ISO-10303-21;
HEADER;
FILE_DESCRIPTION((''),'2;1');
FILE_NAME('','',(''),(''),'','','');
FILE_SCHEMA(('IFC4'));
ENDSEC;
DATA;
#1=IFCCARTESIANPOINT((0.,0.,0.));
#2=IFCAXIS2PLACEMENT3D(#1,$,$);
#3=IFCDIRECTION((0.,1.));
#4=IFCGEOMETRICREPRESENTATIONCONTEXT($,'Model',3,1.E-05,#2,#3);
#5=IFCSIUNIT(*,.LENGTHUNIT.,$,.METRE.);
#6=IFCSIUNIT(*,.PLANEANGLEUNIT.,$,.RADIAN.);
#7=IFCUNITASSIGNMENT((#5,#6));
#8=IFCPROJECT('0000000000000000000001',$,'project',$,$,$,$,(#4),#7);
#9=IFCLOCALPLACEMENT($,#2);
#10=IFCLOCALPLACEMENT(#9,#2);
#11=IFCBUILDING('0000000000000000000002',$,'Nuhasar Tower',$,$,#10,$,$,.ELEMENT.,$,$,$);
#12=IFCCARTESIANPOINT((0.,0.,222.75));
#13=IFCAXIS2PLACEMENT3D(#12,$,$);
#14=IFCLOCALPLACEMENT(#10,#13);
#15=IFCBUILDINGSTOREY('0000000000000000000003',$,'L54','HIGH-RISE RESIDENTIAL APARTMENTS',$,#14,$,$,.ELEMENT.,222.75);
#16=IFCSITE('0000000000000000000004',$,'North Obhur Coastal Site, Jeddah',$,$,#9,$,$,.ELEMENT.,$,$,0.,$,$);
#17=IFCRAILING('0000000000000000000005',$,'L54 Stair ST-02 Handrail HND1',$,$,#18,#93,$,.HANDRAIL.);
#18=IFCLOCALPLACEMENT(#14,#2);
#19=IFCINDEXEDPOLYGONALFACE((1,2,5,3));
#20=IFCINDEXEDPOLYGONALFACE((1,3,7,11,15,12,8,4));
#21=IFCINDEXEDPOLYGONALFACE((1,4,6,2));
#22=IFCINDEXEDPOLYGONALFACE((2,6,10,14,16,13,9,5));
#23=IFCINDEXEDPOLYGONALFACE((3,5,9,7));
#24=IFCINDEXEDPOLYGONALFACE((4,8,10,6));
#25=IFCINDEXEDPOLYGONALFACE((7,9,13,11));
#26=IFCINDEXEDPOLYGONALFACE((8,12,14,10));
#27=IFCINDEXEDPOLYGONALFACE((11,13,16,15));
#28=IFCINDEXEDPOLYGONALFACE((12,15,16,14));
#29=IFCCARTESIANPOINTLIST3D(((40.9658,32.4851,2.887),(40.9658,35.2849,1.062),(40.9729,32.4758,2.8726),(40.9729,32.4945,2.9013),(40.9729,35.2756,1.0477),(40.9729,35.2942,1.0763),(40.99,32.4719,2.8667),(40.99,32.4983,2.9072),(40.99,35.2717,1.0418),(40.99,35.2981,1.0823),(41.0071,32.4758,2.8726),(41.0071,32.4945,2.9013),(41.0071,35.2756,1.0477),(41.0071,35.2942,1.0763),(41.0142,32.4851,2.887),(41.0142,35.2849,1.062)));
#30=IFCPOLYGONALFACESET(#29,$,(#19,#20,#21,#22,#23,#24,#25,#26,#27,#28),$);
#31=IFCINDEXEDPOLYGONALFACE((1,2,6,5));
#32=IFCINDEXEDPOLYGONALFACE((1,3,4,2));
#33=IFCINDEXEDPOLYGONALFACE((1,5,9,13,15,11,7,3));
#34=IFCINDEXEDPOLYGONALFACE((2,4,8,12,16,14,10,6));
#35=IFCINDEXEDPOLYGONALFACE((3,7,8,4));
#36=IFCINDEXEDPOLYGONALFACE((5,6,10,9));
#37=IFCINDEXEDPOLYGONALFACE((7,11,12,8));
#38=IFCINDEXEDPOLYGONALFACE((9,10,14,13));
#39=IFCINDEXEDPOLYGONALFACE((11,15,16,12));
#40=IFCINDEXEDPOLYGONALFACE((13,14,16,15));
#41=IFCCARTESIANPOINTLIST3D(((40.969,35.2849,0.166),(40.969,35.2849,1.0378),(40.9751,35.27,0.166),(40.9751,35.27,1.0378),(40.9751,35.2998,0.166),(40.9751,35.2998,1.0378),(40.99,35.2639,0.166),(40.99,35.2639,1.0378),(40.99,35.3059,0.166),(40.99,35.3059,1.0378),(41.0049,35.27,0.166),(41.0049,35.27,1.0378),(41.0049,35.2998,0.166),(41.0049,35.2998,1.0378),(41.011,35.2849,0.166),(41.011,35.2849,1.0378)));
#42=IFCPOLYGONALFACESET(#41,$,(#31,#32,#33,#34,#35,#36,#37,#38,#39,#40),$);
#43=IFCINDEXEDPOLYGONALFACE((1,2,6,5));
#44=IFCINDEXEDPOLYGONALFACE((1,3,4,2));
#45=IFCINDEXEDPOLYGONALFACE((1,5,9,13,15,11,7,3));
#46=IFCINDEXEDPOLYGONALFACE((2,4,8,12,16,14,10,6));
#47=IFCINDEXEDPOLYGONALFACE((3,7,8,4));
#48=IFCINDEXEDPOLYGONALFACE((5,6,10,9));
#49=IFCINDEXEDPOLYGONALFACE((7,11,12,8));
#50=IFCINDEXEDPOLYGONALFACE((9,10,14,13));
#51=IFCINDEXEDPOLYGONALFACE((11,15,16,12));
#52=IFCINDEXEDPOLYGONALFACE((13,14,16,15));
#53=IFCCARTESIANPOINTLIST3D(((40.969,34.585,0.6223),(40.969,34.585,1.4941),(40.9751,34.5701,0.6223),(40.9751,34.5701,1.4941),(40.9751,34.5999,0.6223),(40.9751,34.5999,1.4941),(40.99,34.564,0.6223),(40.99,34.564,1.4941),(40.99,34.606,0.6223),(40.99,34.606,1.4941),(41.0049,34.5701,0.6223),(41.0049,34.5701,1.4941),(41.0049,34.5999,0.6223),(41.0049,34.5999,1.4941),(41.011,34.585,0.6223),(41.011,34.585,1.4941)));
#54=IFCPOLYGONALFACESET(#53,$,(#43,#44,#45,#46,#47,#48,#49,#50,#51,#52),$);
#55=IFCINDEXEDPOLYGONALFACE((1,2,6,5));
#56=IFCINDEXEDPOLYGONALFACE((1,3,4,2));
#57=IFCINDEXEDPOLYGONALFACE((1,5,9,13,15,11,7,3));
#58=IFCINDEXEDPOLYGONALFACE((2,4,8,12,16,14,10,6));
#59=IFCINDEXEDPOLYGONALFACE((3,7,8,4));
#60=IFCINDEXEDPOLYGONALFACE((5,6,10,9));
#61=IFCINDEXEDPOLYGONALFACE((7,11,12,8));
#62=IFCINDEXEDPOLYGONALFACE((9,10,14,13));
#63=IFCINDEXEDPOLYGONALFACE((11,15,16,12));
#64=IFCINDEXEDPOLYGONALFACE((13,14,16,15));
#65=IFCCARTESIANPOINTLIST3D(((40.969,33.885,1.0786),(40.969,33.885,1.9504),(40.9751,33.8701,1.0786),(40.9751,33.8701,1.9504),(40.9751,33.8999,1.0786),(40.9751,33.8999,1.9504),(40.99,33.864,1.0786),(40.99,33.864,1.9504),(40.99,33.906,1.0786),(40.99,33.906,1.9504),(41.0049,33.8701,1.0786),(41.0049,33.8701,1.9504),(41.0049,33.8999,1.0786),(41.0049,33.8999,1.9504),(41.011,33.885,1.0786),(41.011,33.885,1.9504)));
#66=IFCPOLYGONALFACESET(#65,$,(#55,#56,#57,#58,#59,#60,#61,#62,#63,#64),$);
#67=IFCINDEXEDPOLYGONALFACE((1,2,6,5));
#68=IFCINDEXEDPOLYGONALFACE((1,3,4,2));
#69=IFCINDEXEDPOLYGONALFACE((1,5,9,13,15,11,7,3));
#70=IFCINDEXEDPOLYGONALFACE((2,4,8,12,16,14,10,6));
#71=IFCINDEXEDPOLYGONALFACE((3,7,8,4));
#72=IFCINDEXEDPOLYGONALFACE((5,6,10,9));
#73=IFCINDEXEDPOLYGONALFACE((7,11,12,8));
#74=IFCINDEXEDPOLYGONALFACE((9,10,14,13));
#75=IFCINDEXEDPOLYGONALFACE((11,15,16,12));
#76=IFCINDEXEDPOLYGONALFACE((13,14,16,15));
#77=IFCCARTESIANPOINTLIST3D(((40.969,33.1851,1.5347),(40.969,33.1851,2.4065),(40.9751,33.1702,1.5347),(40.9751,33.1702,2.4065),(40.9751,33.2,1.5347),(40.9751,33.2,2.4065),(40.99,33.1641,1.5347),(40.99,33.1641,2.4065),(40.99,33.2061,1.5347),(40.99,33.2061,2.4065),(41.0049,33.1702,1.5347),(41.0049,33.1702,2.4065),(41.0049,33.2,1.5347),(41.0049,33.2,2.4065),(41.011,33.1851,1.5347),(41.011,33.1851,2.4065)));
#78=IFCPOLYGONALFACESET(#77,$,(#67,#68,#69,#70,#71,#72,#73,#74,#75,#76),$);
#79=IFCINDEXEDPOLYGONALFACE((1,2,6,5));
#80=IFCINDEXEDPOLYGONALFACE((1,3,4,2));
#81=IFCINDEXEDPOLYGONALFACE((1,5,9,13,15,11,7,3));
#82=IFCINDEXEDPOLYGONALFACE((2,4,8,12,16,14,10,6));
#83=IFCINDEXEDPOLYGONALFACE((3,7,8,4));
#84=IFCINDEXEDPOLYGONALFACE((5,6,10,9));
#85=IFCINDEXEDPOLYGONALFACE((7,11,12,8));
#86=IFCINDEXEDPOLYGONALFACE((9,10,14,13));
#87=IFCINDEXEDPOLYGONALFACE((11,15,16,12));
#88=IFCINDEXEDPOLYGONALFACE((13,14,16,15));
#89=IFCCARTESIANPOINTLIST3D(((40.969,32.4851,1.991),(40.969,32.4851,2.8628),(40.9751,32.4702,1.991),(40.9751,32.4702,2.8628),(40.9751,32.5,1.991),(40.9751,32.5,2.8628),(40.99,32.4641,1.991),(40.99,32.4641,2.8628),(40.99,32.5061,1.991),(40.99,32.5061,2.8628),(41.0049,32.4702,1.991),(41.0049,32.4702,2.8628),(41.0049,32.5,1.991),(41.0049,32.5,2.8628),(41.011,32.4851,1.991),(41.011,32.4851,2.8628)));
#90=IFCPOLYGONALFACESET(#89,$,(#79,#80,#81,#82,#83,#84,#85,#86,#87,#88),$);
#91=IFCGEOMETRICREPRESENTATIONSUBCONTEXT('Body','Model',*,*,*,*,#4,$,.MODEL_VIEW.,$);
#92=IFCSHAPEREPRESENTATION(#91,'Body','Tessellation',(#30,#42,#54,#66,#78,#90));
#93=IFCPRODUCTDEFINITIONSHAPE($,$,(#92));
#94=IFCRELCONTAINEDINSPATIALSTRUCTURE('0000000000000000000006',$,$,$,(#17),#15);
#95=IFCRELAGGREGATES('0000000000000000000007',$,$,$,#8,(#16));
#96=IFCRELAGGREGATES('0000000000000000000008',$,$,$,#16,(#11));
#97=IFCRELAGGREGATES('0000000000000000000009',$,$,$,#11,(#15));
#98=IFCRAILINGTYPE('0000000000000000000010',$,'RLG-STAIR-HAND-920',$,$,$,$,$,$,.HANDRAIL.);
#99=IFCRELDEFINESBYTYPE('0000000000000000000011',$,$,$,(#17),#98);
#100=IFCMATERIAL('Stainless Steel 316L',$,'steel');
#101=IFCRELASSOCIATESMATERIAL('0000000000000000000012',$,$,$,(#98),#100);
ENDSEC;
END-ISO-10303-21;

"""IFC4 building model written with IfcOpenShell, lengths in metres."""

from ifc_helpers import new_model, si_unit, direction, frame, origin, place, context, subcontext, project, spatial, polyline, outline, extrude, material, type_object, element, save


model = new_model("IFC4")

# Units and contexts
model_context = context("Model", 3, precision=1e-05, world=origin(), true_north=direction((0.0, 1.0)))
body_context = subcontext(model_context, "Body", "Model", "MODEL_VIEW")
ifc_project = project(units=[si_unit("LENGTHUNIT", "METRE"), si_unit("PLANEANGLEUNIT", "RADIAN")], contexts=[model_context])

# Site, building, storey
site_placement = place(None, origin())
site = spatial("IfcSite", under=ifc_project, at=site_placement, Name="North Obhur Coastal Site, Jeddah", CompositionType="ELEMENT", RefElevation=0.0)
building_placement = place(site_placement, origin())
building = spatial("IfcBuilding", under=site, at=building_placement, Name="Nuhasar Tower", CompositionType="ELEMENT")
storey_placement = place(building_placement, frame((0.0, 0.0, 222.75)))
storey = spatial("IfcBuildingStorey", under=building, at=storey_placement, Name="L54", Description="HIGH-RISE RESIDENTIAL APARTMENTS", CompositionType="ELEMENT", Elevation=222.75)

# Railing
ifc_material_1 = material(Name="Stainless Steel 316L", Category="steel")
railing_type_1 = type_object("IfcRailingType", Name="RLG-STAIR-HAND-920", PredefinedType="HANDRAIL", material=ifc_material_1)
railing_1_placement = place(storey_placement, frame((40.99, 35.2849, 0.166)))
element("IfcRailing", 1, at=railing_1_placement, inside=storey, type_object=railing_type_1, Name="L54 Stair ST-02 Handrail HND1", PredefinedType="HANDRAIL", context=body_context, shape_type="SweptSolid", body=[
    extrude(outline(polyline([(0.0242, 0.0), (0.0171, 0.0171), (0.0, 0.0242), (-0.0171, 0.0171), (-0.0242, 0.0), (-0.0171, -0.0171), (0.0, -0.0242), (0.0171, -0.0171), (0.0242, 0.0)])), frame((0.0, 0.0, 0.896), z_axis=(0.0, -0.837749, 0.546056), x_axis=(1.0, 0.0, 0.0)), (0.0, 0.0, 1.0), 3.342),
    extrude(outline(polyline([(0.021, 0.0), (0.0149, 0.0149), (0.0, 0.021), (-0.0149, 0.0149), (-0.021, 0.0), (-0.0149, -0.0149), (0.0, -0.021), (0.0149, -0.0149), (0.021, 0.0)])), origin(), (0.0, 0.0, 1.0), 0.8718),
    extrude(outline(polyline([(0.021, 0.0), (0.0149, 0.0149), (0.0, 0.021), (-0.0149, 0.0149), (-0.021, 0.0), (-0.0149, -0.0149), (0.0, -0.021), (0.0149, -0.0149), (0.021, 0.0)])), frame((0.0, -0.7, 0.4563)), (0.0, 0.0, 1.0), 0.8718),
    extrude(outline(polyline([(0.021, 0.0), (0.0149, 0.0149), (0.0, 0.021), (-0.0149, 0.0149), (-0.021, 0.0), (-0.0149, -0.0149), (0.0, -0.021), (0.0149, -0.0149), (0.021, 0.0)])), frame((0.0, -1.3999, 0.9126)), (0.0, 0.0, 1.0), 0.8718),
    extrude(outline(polyline([(0.021, 0.0), (0.0149, 0.0149), (0.0, 0.021), (-0.0149, 0.0149), (-0.021, 0.0), (-0.0149, -0.0149), (0.0, -0.021), (0.0149, -0.0149), (0.021, 0.0)])), frame((0.0, -2.0999, 1.3687)), (0.0, 0.0, 1.0), 0.8718),
    extrude(outline(polyline([(0.021, 0.0), (0.0149, 0.0149), (0.0, 0.021), (-0.0149, 0.0149), (-0.021, 0.0), (-0.0149, -0.0149), (0.0, -0.021), (0.0149, -0.0149), (0.021, 0.0)])), frame((0.0, -2.7998, 1.825)), (0.0, 0.0, 1.0), 0.8718),
])

save(model, "model.ifc")
